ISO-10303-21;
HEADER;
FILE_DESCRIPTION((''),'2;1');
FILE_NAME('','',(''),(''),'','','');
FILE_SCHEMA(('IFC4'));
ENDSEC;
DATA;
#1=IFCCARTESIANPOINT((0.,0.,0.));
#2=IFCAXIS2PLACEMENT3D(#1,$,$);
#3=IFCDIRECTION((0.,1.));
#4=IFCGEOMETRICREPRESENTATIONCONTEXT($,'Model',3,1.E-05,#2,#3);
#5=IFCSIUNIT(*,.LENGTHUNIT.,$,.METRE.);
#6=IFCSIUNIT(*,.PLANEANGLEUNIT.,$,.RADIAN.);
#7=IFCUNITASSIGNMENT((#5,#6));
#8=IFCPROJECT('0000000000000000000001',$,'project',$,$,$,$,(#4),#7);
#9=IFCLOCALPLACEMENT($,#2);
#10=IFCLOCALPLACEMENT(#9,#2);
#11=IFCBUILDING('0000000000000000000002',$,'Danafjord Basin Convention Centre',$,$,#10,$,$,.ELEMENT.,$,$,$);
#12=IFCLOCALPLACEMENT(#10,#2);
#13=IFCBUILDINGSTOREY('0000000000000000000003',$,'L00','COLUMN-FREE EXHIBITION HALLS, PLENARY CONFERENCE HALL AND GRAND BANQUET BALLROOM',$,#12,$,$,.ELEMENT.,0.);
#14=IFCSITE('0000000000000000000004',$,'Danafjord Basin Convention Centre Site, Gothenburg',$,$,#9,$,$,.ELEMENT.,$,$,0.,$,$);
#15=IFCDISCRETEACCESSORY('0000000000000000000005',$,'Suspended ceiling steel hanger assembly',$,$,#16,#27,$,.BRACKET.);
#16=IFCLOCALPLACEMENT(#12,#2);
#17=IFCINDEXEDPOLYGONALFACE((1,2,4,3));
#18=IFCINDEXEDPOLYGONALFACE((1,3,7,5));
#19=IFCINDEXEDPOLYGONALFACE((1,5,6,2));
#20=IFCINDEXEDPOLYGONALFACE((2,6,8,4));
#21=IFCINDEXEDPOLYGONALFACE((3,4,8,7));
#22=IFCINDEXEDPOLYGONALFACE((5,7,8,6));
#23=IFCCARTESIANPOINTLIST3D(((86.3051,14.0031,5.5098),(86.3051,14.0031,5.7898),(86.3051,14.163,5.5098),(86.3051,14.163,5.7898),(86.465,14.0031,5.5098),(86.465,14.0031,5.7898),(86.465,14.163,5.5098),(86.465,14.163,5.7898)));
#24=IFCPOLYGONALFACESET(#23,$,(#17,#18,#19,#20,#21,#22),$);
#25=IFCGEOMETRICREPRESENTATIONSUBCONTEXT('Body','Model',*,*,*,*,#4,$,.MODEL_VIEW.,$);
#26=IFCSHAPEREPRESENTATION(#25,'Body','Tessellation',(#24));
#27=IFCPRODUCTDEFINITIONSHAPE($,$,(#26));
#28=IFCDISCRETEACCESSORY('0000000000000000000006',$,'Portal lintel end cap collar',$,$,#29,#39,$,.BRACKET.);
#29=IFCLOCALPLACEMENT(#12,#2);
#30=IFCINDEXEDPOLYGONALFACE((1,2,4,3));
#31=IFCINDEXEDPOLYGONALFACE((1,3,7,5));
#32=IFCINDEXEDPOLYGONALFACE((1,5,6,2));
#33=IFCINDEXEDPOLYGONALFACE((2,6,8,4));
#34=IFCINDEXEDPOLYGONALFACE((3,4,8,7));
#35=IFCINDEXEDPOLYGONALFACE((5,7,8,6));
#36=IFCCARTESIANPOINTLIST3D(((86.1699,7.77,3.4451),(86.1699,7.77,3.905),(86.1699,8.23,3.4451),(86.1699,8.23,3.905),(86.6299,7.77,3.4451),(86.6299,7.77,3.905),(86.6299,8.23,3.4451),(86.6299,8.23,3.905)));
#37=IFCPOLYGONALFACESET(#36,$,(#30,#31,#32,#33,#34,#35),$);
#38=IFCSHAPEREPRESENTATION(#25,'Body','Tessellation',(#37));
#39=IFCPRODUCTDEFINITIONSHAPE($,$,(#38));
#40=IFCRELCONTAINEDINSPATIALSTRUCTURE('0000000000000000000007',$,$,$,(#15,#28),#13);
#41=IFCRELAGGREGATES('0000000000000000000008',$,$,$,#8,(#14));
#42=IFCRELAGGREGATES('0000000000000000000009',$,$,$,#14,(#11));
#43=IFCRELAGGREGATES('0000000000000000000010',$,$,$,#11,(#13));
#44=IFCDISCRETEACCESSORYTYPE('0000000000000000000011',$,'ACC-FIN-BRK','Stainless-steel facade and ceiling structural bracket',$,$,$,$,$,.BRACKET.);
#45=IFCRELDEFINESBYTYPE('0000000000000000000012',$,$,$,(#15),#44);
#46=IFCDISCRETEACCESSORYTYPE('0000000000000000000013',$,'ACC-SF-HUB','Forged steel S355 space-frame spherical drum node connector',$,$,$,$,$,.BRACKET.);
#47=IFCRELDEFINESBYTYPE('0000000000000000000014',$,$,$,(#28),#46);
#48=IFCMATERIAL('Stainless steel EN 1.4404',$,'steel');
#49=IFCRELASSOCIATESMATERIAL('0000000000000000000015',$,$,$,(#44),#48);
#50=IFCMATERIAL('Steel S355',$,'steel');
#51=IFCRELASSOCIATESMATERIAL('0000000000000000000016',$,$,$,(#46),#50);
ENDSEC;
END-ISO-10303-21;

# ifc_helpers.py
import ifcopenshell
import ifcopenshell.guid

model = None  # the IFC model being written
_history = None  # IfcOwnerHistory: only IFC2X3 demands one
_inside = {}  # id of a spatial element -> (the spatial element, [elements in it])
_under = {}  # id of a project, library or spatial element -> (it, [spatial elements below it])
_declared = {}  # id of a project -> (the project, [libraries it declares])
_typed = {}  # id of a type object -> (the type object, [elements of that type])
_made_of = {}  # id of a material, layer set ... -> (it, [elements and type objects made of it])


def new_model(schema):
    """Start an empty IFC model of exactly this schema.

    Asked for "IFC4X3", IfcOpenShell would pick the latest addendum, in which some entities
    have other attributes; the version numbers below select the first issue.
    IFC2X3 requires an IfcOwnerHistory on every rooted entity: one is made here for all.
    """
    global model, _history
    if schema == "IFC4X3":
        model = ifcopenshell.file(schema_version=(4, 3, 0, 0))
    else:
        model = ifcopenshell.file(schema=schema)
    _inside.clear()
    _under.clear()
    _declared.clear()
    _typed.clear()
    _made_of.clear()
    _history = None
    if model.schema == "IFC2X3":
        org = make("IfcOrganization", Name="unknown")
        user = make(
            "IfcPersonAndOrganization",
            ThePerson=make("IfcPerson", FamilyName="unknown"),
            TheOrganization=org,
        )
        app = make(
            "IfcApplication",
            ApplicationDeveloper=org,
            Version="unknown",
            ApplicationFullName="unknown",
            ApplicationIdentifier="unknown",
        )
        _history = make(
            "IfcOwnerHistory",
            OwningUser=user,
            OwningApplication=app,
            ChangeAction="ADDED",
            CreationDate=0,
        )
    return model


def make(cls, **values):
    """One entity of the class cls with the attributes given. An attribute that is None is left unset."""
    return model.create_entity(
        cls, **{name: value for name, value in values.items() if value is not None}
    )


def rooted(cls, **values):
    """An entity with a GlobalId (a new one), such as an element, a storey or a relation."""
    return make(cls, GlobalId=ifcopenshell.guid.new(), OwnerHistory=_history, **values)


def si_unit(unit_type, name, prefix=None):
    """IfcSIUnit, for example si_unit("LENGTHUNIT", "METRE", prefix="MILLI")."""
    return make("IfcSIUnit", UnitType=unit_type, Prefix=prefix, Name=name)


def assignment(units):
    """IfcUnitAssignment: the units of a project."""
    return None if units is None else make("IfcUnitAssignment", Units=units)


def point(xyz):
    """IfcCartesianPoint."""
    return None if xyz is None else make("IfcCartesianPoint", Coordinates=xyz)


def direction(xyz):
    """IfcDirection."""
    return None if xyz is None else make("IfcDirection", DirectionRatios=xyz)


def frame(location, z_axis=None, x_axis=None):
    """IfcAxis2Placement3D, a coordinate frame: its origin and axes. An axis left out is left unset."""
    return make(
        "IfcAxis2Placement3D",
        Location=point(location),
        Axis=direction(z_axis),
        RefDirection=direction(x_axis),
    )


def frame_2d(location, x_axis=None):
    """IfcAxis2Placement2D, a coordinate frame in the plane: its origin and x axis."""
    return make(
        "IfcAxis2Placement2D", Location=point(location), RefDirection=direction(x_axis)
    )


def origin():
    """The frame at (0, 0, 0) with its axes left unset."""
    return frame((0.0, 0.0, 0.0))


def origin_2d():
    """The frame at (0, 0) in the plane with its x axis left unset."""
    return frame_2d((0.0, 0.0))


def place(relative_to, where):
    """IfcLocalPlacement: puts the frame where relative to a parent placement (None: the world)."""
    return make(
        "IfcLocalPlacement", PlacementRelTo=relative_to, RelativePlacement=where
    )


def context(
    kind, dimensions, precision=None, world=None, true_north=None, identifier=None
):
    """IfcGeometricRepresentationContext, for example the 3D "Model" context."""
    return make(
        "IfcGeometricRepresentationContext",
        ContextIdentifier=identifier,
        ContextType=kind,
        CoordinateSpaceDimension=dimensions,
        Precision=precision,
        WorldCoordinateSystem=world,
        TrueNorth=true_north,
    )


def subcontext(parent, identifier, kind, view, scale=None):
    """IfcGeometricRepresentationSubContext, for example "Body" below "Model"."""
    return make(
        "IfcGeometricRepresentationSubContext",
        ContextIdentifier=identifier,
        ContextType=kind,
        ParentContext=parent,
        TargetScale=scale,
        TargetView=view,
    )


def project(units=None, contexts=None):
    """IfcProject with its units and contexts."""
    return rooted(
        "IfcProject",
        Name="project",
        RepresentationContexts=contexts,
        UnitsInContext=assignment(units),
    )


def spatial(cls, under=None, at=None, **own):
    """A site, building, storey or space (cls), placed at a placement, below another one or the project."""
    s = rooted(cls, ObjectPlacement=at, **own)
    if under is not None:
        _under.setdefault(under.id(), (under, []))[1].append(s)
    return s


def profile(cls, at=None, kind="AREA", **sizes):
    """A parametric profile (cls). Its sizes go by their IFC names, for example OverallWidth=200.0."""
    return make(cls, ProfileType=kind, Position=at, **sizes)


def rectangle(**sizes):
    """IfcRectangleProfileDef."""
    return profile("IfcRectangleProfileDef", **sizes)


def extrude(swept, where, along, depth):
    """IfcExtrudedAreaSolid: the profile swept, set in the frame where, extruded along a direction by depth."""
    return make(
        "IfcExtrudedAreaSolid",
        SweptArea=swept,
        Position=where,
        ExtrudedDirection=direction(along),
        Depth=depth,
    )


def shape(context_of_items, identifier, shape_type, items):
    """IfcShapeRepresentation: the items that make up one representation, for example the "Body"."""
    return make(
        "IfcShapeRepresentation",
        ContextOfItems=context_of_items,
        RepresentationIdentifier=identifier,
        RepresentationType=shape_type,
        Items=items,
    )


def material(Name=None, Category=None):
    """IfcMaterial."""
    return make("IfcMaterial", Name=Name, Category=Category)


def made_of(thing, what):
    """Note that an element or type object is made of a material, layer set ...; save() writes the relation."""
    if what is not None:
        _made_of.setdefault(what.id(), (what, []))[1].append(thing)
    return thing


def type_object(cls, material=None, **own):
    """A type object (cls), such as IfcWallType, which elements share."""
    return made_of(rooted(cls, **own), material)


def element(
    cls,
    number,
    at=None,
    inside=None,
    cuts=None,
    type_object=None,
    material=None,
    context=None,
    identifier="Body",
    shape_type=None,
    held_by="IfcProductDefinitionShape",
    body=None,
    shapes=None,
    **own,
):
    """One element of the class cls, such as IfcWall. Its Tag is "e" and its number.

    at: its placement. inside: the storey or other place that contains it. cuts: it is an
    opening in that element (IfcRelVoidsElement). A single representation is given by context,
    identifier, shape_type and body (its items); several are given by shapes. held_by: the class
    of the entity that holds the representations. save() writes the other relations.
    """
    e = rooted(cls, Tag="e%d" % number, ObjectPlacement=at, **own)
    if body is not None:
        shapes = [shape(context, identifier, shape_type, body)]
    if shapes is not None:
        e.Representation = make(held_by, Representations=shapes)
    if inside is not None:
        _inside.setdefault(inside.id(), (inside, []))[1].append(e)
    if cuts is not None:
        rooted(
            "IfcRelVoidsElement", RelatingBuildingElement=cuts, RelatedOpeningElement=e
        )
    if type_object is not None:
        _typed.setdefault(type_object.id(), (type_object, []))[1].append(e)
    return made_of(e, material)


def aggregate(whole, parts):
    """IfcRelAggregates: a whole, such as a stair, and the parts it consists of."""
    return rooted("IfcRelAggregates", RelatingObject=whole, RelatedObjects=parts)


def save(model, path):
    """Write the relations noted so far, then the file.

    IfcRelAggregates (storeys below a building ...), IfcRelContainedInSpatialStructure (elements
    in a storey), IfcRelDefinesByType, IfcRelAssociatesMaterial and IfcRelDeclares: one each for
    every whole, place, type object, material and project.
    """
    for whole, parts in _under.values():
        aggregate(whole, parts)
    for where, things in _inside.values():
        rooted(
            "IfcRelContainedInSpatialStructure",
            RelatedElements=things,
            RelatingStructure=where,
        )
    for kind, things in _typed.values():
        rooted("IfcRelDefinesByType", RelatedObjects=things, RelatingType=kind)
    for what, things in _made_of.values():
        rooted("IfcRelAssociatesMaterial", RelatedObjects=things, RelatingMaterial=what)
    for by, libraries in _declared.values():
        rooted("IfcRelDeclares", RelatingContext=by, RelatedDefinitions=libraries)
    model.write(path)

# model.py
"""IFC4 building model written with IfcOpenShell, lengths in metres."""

from ifc_helpers import new_model, si_unit, direction, frame, origin, origin_2d, place, context, subcontext, project, spatial, rectangle, extrude, material, type_object, element, save


model = new_model("IFC4")

# Units and contexts
model_context = context("Model", 3, precision=1e-05, world=origin(), true_north=direction((0.0, 1.0)))
body_context = subcontext(model_context, "Body", "Model", "MODEL_VIEW")
ifc_project = project(units=[si_unit("LENGTHUNIT", "METRE"), si_unit("PLANEANGLEUNIT", "RADIAN")], contexts=[model_context])

# Site, building, storey
site_placement = place(None, origin())
site = spatial("IfcSite", under=ifc_project, at=site_placement, Name="Danafjord Basin Convention Centre Site, Gothenburg", CompositionType="ELEMENT", RefElevation=0.0)
building_placement = place(site_placement, origin())
building = spatial("IfcBuilding", under=site, at=building_placement, Name="Danafjord Basin Convention Centre", CompositionType="ELEMENT")
storey_placement = place(building_placement, origin())
storey = spatial("IfcBuildingStorey", under=building, at=storey_placement, Name="L00", Description="COLUMN-FREE EXHIBITION HALLS, PLENARY CONFERENCE HALL AND GRAND BANQUET BALLROOM", CompositionType="ELEMENT", Elevation=0.0)

# Shared definitions
ifc_material_1 = material(Name="Steel S355", Category="steel")

# Discrete accessories
ifc_material_2 = material(Name="Stainless steel EN 1.4404", Category="steel")
discrete_accessory_type_1 = type_object("IfcDiscreteAccessoryType", Name="ACC-FIN-BRK", Description="Stainless-steel facade and ceiling structural bracket", PredefinedType="BRACKET", material=ifc_material_2)
discrete_accessory_1_placement = place(storey_placement, frame((86.385, 14.083, 5.5098), z_axis=(0.0, 0.0, 1.0), x_axis=(1.0, 0.0, 0.0)))
element("IfcDiscreteAccessory", 1, at=discrete_accessory_1_placement, inside=storey, type_object=discrete_accessory_type_1, Name="Suspended ceiling steel hanger assembly", PredefinedType="BRACKET", context=body_context, shape_type="SweptSolid", body=[
    extrude(rectangle(XDim=0.1599, YDim=0.1599, at=origin_2d()), origin(), (0.0, 0.0, 1.0), 0.28),
])
discrete_accessory_type_2 = type_object("IfcDiscreteAccessoryType", Name="ACC-SF-HUB", Description="Forged steel S355 space-frame spherical drum node connector", PredefinedType="BRACKET", material=ifc_material_1)
discrete_accessory_2_placement = place(storey_placement, frame((86.3999, 8.0, 3.4451), z_axis=(0.0, 0.0, 1.0), x_axis=(1.0, 0.0, 0.0)))
element("IfcDiscreteAccessory", 2, at=discrete_accessory_2_placement, inside=storey, type_object=discrete_accessory_type_2, Name="Portal lintel end cap collar", PredefinedType="BRACKET", context=body_context, shape_type="SweptSolid", body=[
    extrude(rectangle(XDim=0.46, YDim=0.46, at=origin_2d()), origin(), (0.0, 0.0, 1.0), 0.46),
])

save(model, "model.ifc")
